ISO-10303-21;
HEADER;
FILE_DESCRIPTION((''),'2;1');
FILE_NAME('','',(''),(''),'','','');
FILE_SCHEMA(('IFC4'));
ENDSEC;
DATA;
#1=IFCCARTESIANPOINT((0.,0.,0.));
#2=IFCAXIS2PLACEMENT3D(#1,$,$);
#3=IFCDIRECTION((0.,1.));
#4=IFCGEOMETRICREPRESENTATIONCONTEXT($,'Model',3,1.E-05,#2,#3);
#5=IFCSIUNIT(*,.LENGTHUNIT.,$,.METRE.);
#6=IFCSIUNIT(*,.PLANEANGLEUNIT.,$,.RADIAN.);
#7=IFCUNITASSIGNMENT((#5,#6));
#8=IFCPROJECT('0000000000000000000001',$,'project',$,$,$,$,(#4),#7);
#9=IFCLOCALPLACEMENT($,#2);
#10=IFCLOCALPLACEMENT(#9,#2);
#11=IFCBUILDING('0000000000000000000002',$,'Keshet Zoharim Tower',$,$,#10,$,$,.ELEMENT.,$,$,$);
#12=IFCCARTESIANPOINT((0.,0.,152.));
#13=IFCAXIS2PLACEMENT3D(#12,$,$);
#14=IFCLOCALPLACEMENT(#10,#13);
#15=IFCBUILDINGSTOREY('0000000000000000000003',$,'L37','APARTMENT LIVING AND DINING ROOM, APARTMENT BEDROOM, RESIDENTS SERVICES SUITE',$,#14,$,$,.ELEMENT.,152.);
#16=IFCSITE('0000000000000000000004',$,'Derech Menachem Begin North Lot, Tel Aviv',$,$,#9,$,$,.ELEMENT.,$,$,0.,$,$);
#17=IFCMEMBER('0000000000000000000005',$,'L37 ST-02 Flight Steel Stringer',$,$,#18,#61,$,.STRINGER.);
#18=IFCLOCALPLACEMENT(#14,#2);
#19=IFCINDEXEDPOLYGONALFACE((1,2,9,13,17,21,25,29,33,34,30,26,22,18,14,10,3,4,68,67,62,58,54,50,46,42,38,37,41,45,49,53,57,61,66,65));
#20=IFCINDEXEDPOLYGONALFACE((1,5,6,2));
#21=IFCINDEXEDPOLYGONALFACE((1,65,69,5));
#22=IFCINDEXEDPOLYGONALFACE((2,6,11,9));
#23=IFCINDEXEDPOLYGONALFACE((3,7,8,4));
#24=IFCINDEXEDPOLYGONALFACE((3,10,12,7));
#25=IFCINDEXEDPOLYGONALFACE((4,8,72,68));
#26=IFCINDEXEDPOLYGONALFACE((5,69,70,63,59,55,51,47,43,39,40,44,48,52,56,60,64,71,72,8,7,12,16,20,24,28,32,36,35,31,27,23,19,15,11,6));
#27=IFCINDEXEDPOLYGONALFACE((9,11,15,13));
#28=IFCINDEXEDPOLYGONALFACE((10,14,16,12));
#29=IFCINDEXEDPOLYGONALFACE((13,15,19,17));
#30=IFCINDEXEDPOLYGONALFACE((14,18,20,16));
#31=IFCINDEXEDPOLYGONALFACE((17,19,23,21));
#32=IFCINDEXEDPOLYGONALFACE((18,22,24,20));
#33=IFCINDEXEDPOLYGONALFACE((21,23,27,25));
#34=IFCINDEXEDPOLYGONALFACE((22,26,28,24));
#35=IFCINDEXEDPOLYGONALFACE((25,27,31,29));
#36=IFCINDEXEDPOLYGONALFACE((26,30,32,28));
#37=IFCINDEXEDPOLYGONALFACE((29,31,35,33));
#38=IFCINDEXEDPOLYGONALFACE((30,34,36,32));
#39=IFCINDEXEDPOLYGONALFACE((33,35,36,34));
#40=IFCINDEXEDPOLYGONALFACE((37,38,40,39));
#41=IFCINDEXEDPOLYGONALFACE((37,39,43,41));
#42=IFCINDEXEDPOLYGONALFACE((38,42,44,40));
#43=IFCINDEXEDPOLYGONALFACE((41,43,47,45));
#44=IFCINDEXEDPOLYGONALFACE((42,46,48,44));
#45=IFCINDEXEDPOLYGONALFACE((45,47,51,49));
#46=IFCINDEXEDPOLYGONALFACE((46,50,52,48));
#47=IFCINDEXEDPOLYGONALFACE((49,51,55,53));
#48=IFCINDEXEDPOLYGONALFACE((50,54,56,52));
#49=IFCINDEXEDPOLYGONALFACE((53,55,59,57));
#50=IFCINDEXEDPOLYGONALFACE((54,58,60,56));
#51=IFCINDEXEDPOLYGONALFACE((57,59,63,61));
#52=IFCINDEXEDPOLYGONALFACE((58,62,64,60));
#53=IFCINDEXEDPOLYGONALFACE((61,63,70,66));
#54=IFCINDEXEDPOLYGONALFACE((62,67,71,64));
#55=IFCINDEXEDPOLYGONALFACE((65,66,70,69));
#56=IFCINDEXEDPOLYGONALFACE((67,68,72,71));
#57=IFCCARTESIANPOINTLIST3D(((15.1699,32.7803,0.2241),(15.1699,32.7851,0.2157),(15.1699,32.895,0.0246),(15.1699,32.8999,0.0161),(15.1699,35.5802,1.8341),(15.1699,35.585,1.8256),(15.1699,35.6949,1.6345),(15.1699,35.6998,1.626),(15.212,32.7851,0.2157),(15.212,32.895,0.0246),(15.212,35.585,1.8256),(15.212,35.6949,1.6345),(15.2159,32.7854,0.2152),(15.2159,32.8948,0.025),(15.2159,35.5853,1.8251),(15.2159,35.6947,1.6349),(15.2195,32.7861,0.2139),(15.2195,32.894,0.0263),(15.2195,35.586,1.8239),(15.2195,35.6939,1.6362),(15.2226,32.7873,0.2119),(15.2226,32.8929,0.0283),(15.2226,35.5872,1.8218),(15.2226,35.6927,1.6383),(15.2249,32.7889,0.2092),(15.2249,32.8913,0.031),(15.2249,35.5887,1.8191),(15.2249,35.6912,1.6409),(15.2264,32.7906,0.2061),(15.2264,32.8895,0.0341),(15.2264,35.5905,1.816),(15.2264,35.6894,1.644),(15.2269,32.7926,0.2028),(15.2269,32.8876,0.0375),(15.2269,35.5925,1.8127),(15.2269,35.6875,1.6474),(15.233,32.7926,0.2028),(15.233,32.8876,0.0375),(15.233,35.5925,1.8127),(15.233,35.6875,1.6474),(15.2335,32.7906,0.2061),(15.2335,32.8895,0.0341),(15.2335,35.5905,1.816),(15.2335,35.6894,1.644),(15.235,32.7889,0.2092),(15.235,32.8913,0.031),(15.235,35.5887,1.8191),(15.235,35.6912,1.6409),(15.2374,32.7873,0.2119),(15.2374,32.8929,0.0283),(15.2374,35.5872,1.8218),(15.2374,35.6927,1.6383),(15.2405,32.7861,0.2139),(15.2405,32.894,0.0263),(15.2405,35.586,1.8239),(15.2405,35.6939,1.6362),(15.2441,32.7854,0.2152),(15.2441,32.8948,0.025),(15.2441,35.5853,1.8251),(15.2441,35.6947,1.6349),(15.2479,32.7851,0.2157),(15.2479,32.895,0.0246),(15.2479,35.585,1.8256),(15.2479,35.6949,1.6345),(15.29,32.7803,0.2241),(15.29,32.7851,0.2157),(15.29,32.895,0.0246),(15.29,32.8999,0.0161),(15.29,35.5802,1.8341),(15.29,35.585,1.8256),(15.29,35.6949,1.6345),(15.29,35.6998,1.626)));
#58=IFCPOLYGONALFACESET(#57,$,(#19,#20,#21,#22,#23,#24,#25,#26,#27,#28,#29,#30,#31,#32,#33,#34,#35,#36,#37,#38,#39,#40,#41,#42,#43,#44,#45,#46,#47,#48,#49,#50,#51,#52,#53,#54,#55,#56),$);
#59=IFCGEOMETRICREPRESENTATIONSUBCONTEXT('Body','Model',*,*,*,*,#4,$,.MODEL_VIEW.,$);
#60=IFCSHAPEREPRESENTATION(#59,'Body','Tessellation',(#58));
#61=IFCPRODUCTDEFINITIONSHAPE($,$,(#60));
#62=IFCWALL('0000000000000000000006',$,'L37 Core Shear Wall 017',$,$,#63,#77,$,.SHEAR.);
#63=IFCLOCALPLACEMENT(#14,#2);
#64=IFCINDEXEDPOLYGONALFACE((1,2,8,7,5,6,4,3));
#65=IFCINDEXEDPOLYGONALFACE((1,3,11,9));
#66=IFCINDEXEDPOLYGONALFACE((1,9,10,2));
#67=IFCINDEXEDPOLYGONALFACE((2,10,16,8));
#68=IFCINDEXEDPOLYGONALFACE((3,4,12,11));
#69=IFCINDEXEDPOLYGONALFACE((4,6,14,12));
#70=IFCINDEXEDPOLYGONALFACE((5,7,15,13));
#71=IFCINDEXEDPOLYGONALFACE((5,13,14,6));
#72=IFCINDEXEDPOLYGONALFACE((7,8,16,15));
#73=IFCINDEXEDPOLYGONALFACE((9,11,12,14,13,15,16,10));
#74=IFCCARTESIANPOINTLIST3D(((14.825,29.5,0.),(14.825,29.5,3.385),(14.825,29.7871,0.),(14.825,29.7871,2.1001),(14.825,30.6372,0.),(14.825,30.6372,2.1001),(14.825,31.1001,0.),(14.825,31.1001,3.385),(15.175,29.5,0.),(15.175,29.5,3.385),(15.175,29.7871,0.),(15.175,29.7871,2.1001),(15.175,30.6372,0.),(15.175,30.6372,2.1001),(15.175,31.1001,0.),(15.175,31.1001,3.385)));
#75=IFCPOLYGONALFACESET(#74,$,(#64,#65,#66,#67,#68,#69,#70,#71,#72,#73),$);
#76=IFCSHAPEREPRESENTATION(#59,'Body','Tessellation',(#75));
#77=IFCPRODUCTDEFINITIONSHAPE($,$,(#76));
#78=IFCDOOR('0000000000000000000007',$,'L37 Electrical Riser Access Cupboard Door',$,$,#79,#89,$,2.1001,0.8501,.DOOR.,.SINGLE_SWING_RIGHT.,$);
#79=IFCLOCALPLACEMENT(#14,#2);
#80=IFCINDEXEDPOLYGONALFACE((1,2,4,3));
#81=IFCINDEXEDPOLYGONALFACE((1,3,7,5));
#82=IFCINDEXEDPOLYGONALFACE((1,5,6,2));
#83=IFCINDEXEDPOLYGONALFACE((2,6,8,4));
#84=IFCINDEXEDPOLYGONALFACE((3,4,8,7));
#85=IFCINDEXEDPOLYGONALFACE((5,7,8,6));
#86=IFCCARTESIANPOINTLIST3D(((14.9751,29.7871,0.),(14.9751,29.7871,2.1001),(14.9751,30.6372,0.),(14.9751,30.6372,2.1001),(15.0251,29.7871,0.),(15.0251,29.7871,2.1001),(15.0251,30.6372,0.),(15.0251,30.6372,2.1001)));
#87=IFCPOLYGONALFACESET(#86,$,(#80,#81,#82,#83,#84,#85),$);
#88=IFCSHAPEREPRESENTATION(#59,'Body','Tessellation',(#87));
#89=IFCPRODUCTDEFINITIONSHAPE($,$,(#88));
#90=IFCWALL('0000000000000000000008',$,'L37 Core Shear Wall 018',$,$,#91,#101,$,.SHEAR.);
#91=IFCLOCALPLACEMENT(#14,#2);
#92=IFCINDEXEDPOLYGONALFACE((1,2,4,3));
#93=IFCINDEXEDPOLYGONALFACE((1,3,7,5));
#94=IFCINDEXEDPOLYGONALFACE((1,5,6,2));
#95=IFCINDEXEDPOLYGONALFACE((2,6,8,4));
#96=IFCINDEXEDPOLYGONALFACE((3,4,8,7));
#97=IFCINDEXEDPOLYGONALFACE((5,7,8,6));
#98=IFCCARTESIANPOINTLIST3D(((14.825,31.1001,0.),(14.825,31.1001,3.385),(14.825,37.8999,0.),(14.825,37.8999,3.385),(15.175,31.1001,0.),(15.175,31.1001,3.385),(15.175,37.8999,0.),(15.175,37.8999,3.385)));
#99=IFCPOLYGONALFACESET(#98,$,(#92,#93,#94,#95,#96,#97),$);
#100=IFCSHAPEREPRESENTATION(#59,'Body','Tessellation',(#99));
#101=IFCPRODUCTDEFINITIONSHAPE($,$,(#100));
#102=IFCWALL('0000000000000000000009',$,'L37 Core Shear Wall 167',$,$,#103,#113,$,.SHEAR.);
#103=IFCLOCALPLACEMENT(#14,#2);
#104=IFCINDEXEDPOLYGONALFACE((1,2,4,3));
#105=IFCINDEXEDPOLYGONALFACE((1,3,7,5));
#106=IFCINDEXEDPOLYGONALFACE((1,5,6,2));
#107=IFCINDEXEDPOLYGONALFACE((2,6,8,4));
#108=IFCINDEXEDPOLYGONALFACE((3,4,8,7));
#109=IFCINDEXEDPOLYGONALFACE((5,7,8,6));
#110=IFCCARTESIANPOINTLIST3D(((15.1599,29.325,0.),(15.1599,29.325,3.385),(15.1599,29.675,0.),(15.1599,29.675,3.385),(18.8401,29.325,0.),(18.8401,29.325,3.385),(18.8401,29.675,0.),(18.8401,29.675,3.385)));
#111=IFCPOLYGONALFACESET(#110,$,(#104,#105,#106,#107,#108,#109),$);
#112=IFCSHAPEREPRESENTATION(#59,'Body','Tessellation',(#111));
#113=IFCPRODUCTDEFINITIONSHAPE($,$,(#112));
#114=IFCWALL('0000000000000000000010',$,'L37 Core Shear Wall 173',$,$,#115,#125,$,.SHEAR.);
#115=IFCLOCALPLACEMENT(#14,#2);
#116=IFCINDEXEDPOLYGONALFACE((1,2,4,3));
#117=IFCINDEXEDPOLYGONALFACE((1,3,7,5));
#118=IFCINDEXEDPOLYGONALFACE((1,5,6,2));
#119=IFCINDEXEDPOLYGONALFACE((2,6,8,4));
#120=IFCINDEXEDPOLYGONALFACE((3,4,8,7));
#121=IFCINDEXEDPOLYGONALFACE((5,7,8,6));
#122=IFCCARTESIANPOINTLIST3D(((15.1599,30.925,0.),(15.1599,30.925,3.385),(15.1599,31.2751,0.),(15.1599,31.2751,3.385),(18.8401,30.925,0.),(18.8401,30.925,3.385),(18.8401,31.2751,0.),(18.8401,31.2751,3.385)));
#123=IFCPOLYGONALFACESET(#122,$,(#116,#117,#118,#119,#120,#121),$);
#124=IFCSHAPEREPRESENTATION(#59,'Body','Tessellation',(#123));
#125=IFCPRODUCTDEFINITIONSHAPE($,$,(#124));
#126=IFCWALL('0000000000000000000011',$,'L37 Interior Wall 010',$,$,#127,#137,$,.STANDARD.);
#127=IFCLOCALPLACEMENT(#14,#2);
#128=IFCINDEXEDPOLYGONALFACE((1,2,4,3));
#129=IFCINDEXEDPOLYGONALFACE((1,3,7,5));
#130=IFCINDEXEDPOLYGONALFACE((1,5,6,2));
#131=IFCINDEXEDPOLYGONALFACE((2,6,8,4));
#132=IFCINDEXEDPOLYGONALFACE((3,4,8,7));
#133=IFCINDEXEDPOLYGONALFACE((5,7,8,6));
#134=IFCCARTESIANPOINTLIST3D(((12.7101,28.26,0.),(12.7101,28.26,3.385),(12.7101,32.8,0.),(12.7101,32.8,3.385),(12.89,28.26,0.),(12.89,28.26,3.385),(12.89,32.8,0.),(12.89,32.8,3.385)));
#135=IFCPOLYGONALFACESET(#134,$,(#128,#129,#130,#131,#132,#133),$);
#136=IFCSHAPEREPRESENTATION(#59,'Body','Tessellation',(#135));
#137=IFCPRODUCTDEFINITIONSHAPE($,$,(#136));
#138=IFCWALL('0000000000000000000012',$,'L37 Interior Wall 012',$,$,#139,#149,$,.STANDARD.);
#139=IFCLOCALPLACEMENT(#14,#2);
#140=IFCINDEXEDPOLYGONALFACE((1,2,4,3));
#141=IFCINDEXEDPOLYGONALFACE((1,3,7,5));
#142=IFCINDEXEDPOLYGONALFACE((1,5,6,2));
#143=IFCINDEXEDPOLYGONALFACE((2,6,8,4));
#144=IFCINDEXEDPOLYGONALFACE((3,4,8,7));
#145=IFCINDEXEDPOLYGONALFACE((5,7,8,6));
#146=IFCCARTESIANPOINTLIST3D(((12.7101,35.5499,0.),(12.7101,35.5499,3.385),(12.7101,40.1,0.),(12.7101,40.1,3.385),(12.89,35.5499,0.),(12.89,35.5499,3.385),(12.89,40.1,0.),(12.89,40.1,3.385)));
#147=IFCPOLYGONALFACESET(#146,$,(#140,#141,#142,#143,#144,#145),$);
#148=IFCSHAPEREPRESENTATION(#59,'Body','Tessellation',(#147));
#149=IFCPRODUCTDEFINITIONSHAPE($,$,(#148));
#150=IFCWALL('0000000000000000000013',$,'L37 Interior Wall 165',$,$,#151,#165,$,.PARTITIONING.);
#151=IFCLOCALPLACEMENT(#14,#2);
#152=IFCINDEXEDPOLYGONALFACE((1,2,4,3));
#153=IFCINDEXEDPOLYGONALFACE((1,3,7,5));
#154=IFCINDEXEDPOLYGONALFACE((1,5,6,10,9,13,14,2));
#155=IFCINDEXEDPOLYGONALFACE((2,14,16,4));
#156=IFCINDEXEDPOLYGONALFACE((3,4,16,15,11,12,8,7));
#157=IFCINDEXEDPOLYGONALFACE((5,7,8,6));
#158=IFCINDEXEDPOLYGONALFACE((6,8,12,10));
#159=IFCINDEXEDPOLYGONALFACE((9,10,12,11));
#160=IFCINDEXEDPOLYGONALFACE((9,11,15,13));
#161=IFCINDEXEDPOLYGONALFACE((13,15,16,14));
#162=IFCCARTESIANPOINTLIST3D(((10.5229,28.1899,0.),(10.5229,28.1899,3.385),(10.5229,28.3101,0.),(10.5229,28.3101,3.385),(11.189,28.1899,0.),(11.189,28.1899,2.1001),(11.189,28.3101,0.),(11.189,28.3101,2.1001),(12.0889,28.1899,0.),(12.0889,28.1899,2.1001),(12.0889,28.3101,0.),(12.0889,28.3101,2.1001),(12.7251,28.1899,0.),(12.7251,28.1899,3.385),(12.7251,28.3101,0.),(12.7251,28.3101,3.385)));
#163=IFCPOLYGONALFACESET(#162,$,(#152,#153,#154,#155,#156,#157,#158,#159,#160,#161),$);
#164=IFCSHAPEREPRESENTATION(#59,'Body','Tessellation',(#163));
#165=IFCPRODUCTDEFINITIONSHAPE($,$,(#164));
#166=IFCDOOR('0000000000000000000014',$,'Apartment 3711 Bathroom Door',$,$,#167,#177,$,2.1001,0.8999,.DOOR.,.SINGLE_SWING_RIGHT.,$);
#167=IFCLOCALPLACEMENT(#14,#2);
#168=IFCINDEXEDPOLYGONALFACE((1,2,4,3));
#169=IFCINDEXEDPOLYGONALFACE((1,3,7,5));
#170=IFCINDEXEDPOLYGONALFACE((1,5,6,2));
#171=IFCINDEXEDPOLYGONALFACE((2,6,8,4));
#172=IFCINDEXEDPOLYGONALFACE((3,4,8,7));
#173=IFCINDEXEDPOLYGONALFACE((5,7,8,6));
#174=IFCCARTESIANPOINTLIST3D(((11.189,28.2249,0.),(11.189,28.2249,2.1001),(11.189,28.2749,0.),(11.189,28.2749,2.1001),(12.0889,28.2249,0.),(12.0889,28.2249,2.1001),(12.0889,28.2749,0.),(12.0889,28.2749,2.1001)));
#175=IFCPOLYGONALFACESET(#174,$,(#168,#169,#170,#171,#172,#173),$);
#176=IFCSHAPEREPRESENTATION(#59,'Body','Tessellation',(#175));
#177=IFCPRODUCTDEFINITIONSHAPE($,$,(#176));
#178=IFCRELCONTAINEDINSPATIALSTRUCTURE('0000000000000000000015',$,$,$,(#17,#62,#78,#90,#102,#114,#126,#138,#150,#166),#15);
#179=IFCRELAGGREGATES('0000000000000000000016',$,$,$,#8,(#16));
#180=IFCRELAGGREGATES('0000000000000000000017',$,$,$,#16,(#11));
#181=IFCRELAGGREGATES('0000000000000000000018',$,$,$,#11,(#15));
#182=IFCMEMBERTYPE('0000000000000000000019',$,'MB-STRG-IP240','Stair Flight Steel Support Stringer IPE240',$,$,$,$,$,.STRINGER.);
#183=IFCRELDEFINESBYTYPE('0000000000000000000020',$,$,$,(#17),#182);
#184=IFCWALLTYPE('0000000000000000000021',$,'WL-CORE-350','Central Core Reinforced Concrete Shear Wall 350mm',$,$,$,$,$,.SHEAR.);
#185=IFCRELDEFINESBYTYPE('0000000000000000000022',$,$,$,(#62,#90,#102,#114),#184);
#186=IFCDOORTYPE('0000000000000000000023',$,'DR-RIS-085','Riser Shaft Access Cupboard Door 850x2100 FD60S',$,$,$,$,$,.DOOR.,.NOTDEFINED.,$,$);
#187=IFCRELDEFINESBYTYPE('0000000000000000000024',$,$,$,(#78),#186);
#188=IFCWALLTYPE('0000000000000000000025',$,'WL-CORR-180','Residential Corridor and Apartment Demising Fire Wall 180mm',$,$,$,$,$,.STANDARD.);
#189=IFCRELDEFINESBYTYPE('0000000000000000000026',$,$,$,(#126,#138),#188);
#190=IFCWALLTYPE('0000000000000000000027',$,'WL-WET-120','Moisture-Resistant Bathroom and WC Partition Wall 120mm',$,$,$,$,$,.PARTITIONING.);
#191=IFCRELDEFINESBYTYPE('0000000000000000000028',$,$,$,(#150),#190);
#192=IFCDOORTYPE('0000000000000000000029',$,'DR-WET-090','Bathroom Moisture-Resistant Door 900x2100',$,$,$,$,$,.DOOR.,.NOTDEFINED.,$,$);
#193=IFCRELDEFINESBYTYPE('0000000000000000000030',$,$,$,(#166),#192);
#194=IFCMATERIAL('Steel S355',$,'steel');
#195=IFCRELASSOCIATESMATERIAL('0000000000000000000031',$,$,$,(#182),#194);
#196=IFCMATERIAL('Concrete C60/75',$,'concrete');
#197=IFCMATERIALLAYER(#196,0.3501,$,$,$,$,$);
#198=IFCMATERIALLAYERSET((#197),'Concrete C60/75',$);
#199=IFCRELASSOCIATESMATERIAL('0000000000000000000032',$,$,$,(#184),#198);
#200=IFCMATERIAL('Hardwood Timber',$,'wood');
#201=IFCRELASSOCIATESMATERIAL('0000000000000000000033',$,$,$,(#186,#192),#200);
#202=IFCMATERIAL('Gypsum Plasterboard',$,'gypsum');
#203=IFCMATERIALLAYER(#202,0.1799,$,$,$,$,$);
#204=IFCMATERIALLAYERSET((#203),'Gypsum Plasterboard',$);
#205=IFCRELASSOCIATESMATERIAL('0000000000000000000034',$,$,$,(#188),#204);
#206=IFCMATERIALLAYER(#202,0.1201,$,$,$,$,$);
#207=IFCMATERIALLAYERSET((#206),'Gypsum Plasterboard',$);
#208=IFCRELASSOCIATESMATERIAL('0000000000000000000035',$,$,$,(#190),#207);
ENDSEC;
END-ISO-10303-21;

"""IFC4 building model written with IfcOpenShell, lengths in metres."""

from ifc_helpers import new_model, si_unit, direction, frame, frame_2d, origin, origin_2d, place, context, subcontext, project, spatial, rectangle, i_section, extrude, material, layer, layer_set, material_profile, profile_set, type_object, element, fill, save


model = new_model("IFC4")

# Units and contexts
model_context = context("Model", 3, precision=1e-05, world=origin(), true_north=direction((0.0, 1.0)))
body_context = subcontext(model_context, "Body", "Model", "MODEL_VIEW")
ifc_project = project(units=[si_unit("LENGTHUNIT", "METRE"), si_unit("PLANEANGLEUNIT", "RADIAN")], contexts=[model_context])

# Site, building, storey
site_placement = place(None, origin())
site = spatial("IfcSite", under=ifc_project, at=site_placement, Name="Derech Menachem Begin North Lot, Tel Aviv", CompositionType="ELEMENT", RefElevation=0.0)
building_placement = place(site_placement, origin())
building = spatial("IfcBuilding", under=site, at=building_placement, Name="Keshet Zoharim Tower", CompositionType="ELEMENT")
storey_placement = place(building_placement, frame((0.0, 0.0, 152.0)))
storey = spatial("IfcBuildingStorey", under=building, at=storey_placement, Name="L37", Description="APARTMENT LIVING AND DINING ROOM, APARTMENT BEDROOM, RESIDENTS SERVICES SUITE", CompositionType="ELEMENT", Elevation=152.0)

# Member
ifc_material_1 = material(Name="Steel S355", Category="steel")
ifc_material_profile = material_profile(ifc_material_1, i_section(OverallWidth=0.1201, OverallDepth=0.24, WebThickness=0.0061, FlangeThickness=0.0098, FilletRadius=0.0149, at=origin_2d()), Name="IPE240")
ifc_profile_set = profile_set([ifc_material_profile], Name="Steel S355")
member_type = type_object("IfcMemberType", Name="MB-STRG-IP240", Description="Stair Flight Steel Support Stringer IPE240", PredefinedType="STRINGER", material=ifc_profile_set)
member_placement = place(storey_placement, frame((15.23, 32.8401, 0.1201), z_axis=(0.0, 0.86691, 0.498465), x_axis=(-1.0, 0.0, 0.0)))
element("IfcMember", 1, at=member_placement, inside=storey, type_object=member_type, Name="L37 ST-02 Flight Steel Stringer", PredefinedType="STRINGER", context=body_context, shape_type="SweptSolid", body=[
    extrude(i_section(OverallWidth=0.1201, OverallDepth=0.24, WebThickness=0.0061, FlangeThickness=0.0098, FilletRadius=0.0149, at=origin_2d()), origin(), (0.0, 0.0, 1.0), 3.2297),
])

# Wall, opening, door
ifc_material_2 = material(Name="Concrete C60/75", Category="concrete")
ifc_layer_1 = layer(ifc_material_2, 0.3501)
ifc_layer_set_1 = layer_set([ifc_layer_1], Name="Concrete C60/75")
wall_type_1 = type_object("IfcWallType", Name="WL-CORE-350", Description="Central Core Reinforced Concrete Shear Wall 350mm", PredefinedType="SHEAR", material=ifc_layer_set_1)
wall_1_placement = place(storey_placement, frame((15.0, 29.5, 0.0), z_axis=(0.0, 0.0, 1.0), x_axis=(0.0, 1.0, 0.0)))
wall_1 = element("IfcWall", 2, at=wall_1_placement, inside=storey, type_object=wall_type_1, Name="L37 Core Shear Wall 017", PredefinedType="SHEAR", context=body_context, shape_type="SweptSolid", body=[
    extrude(rectangle(XDim=1.6001, YDim=0.3501, at=frame_2d((0.8, 0.0))), origin(), (0.0, 0.0, 1.0), 3.385),
])
opening_1_placement = place(wall_1_placement, frame((0.2871, 0.0, 0.0)))
opening_1 = element("IfcOpeningElement", 3, at=opening_1_placement, cuts=wall_1, PredefinedType="OPENING", context=body_context, shape_type="SweptSolid", body=[
    extrude(rectangle(XDim=0.8501, YDim=2.1001, at=frame_2d((0.425, 1.05))), frame((0.0, 0.1851, 0.0), z_axis=(0.0, -1.0, 0.0), x_axis=(1.0, 0.0, 0.0)), (0.0, 0.0, 1.0), 0.3701),
])
ifc_material_3 = material(Name="Hardwood Timber", Category="wood")
door_type_1 = type_object("IfcDoorType", Name="DR-RIS-085", Description="Riser Shaft Access Cupboard Door 850x2100 FD60S", OperationType="NOTDEFINED", PredefinedType="DOOR", material=ifc_material_3)
door_1_placement = place(opening_1_placement, origin())
door_1 = element("IfcDoor", 4, at=door_1_placement, inside=storey, type_object=door_type_1, Name="L37 Electrical Riser Access Cupboard Door", OperationType="SINGLE_SWING_RIGHT", OverallHeight=2.1001, OverallWidth=0.8501, PredefinedType="DOOR", context=body_context, shape_type="SweptSolid", body=[
    extrude(rectangle(XDim=0.8501, YDim=2.1001, at=frame_2d((0.425, 1.05))), frame((0.0, 0.0249, 0.0), z_axis=(0.0, -1.0, 0.0), x_axis=(1.0, 0.0, 0.0)), (0.0, 0.0, 1.0), 0.05),
])
fill(opening_1, door_1)

# Walls
wall_2_placement = place(storey_placement, frame((15.0, 31.1001, 0.0), z_axis=(0.0, 0.0, 1.0), x_axis=(0.0, 1.0, 0.0)))
element("IfcWall", 5, at=wall_2_placement, inside=storey, type_object=wall_type_1, Name="L37 Core Shear Wall 018", PredefinedType="SHEAR", context=body_context, shape_type="SweptSolid", body=[
    extrude(rectangle(XDim=6.7998, YDim=0.3501, at=frame_2d((3.3999, 0.0))), origin(), (0.0, 0.0, 1.0), 3.385),
])
for number, where, z_axis, x_axis, name in (
    (6, (15.1599, 29.5, 0.0), (0.0, 0.0, 1.0), (1.0, 0.0, 0.0), "L37 Core Shear Wall 167"),
    (7, (15.1599, 31.1001, 0.0), (0.0, 0.0, 1.0), (1.0, 0.0, 0.0), "L37 Core Shear Wall 173"),
):
    element("IfcWall", number, at=place(storey_placement, frame(where, z_axis=z_axis, x_axis=x_axis)), inside=storey, type_object=wall_type_1, Name=name, PredefinedType="SHEAR", context=body_context, shape_type="SweptSolid", body=[
        extrude(rectangle(XDim=3.6802, YDim=0.3501, at=frame_2d((1.8401, 0.0))), origin(), (0.0, 0.0, 1.0), 3.385),
    ])
ifc_material_4 = material(Name="Gypsum Plasterboard", Category="gypsum")
ifc_layer_2 = layer(ifc_material_4, 0.1799)
ifc_layer_set_2 = layer_set([ifc_layer_2], Name="Gypsum Plasterboard")
wall_type_2 = type_object("IfcWallType", Name="WL-CORR-180", Description="Residential Corridor and Apartment Demising Fire Wall 180mm", PredefinedType="STANDARD", material=ifc_layer_set_2)
wall_3_placement = place(storey_placement, frame((12.8, 28.26, 0.0), z_axis=(0.0, 0.0, 1.0), x_axis=(0.0, 1.0, 0.0)))
element("IfcWall", 8, at=wall_3_placement, inside=storey, type_object=wall_type_2, Name="L37 Interior Wall 010", PredefinedType="STANDARD", context=body_context, shape_type="SweptSolid", body=[
    extrude(rectangle(XDim=4.54, YDim=0.1799, at=frame_2d((2.27, 0.0))), origin(), (0.0, 0.0, 1.0), 3.385),
])

# Wall
wall_4_placement = place(storey_placement, frame((12.8, 35.55, 0.0), z_axis=(0.0, 0.0, 1.0), x_axis=(0.0, 1.0, 0.0)))
element("IfcWall", 9, at=wall_4_placement, inside=storey, type_object=wall_type_2, Name="L37 Interior Wall 012", PredefinedType="STANDARD", context=body_context, shape_type="SweptSolid", body=[
    extrude(rectangle(XDim=4.55, YDim=0.1799, at=frame_2d((2.2749, 0.0))), origin(), (0.0, 0.0, 1.0), 3.385),
])

# Wall, opening, door
ifc_layer_3 = layer(ifc_material_4, 0.1201)
ifc_layer_set_3 = layer_set([ifc_layer_3], Name="Gypsum Plasterboard")
wall_type_3 = type_object("IfcWallType", Name="WL-WET-120", Description="Moisture-Resistant Bathroom and WC Partition Wall 120mm", PredefinedType="PARTITIONING", material=ifc_layer_set_3)
wall_5_placement = place(storey_placement, frame((10.5229, 28.25, 0.0), z_axis=(0.0, 0.0, 1.0), x_axis=(1.0, 0.0, 0.0)))
wall_5 = element("IfcWall", 10, at=wall_5_placement, inside=storey, type_object=wall_type_3, Name="L37 Interior Wall 165", PredefinedType="PARTITIONING", context=body_context, shape_type="SweptSolid", body=[
    extrude(rectangle(XDim=2.2021, YDim=0.1201, at=frame_2d((1.1011, 0.0))), origin(), (0.0, 0.0, 1.0), 3.385),
])
opening_2_placement = place(wall_5_placement, frame((0.666, 0.0, 0.0)))
opening_2 = element("IfcOpeningElement", 11, at=opening_2_placement, cuts=wall_5, PredefinedType="OPENING", context=body_context, shape_type="SweptSolid", body=[
    extrude(rectangle(XDim=0.8999, YDim=2.1001, at=frame_2d((0.45, 1.05))), frame((0.0, 0.0701, 0.0), z_axis=(0.0, -1.0, 0.0), x_axis=(1.0, 0.0, 0.0)), (0.0, 0.0, 1.0), 0.1401),
])
door_type_2 = type_object("IfcDoorType", Name="DR-WET-090", Description="Bathroom Moisture-Resistant Door 900x2100", OperationType="NOTDEFINED", PredefinedType="DOOR", material=ifc_material_3)
door_2_placement = place(opening_2_placement, origin())
door_2 = element("IfcDoor", 12, at=door_2_placement, inside=storey, type_object=door_type_2, Name="Apartment 3711 Bathroom Door", OperationType="SINGLE_SWING_RIGHT", OverallHeight=2.1001, OverallWidth=0.8999, PredefinedType="DOOR", context=body_context, shape_type="SweptSolid", body=[
    extrude(rectangle(XDim=0.8999, YDim=2.1001, at=frame_2d((0.45, 1.05))), frame((0.0, 0.0249, 0.0), z_axis=(0.0, -1.0, 0.0), x_axis=(1.0, 0.0, 0.0)), (0.0, 0.0, 1.0), 0.05),
])
fill(opening_2, door_2)

save(model, "model.ifc")
